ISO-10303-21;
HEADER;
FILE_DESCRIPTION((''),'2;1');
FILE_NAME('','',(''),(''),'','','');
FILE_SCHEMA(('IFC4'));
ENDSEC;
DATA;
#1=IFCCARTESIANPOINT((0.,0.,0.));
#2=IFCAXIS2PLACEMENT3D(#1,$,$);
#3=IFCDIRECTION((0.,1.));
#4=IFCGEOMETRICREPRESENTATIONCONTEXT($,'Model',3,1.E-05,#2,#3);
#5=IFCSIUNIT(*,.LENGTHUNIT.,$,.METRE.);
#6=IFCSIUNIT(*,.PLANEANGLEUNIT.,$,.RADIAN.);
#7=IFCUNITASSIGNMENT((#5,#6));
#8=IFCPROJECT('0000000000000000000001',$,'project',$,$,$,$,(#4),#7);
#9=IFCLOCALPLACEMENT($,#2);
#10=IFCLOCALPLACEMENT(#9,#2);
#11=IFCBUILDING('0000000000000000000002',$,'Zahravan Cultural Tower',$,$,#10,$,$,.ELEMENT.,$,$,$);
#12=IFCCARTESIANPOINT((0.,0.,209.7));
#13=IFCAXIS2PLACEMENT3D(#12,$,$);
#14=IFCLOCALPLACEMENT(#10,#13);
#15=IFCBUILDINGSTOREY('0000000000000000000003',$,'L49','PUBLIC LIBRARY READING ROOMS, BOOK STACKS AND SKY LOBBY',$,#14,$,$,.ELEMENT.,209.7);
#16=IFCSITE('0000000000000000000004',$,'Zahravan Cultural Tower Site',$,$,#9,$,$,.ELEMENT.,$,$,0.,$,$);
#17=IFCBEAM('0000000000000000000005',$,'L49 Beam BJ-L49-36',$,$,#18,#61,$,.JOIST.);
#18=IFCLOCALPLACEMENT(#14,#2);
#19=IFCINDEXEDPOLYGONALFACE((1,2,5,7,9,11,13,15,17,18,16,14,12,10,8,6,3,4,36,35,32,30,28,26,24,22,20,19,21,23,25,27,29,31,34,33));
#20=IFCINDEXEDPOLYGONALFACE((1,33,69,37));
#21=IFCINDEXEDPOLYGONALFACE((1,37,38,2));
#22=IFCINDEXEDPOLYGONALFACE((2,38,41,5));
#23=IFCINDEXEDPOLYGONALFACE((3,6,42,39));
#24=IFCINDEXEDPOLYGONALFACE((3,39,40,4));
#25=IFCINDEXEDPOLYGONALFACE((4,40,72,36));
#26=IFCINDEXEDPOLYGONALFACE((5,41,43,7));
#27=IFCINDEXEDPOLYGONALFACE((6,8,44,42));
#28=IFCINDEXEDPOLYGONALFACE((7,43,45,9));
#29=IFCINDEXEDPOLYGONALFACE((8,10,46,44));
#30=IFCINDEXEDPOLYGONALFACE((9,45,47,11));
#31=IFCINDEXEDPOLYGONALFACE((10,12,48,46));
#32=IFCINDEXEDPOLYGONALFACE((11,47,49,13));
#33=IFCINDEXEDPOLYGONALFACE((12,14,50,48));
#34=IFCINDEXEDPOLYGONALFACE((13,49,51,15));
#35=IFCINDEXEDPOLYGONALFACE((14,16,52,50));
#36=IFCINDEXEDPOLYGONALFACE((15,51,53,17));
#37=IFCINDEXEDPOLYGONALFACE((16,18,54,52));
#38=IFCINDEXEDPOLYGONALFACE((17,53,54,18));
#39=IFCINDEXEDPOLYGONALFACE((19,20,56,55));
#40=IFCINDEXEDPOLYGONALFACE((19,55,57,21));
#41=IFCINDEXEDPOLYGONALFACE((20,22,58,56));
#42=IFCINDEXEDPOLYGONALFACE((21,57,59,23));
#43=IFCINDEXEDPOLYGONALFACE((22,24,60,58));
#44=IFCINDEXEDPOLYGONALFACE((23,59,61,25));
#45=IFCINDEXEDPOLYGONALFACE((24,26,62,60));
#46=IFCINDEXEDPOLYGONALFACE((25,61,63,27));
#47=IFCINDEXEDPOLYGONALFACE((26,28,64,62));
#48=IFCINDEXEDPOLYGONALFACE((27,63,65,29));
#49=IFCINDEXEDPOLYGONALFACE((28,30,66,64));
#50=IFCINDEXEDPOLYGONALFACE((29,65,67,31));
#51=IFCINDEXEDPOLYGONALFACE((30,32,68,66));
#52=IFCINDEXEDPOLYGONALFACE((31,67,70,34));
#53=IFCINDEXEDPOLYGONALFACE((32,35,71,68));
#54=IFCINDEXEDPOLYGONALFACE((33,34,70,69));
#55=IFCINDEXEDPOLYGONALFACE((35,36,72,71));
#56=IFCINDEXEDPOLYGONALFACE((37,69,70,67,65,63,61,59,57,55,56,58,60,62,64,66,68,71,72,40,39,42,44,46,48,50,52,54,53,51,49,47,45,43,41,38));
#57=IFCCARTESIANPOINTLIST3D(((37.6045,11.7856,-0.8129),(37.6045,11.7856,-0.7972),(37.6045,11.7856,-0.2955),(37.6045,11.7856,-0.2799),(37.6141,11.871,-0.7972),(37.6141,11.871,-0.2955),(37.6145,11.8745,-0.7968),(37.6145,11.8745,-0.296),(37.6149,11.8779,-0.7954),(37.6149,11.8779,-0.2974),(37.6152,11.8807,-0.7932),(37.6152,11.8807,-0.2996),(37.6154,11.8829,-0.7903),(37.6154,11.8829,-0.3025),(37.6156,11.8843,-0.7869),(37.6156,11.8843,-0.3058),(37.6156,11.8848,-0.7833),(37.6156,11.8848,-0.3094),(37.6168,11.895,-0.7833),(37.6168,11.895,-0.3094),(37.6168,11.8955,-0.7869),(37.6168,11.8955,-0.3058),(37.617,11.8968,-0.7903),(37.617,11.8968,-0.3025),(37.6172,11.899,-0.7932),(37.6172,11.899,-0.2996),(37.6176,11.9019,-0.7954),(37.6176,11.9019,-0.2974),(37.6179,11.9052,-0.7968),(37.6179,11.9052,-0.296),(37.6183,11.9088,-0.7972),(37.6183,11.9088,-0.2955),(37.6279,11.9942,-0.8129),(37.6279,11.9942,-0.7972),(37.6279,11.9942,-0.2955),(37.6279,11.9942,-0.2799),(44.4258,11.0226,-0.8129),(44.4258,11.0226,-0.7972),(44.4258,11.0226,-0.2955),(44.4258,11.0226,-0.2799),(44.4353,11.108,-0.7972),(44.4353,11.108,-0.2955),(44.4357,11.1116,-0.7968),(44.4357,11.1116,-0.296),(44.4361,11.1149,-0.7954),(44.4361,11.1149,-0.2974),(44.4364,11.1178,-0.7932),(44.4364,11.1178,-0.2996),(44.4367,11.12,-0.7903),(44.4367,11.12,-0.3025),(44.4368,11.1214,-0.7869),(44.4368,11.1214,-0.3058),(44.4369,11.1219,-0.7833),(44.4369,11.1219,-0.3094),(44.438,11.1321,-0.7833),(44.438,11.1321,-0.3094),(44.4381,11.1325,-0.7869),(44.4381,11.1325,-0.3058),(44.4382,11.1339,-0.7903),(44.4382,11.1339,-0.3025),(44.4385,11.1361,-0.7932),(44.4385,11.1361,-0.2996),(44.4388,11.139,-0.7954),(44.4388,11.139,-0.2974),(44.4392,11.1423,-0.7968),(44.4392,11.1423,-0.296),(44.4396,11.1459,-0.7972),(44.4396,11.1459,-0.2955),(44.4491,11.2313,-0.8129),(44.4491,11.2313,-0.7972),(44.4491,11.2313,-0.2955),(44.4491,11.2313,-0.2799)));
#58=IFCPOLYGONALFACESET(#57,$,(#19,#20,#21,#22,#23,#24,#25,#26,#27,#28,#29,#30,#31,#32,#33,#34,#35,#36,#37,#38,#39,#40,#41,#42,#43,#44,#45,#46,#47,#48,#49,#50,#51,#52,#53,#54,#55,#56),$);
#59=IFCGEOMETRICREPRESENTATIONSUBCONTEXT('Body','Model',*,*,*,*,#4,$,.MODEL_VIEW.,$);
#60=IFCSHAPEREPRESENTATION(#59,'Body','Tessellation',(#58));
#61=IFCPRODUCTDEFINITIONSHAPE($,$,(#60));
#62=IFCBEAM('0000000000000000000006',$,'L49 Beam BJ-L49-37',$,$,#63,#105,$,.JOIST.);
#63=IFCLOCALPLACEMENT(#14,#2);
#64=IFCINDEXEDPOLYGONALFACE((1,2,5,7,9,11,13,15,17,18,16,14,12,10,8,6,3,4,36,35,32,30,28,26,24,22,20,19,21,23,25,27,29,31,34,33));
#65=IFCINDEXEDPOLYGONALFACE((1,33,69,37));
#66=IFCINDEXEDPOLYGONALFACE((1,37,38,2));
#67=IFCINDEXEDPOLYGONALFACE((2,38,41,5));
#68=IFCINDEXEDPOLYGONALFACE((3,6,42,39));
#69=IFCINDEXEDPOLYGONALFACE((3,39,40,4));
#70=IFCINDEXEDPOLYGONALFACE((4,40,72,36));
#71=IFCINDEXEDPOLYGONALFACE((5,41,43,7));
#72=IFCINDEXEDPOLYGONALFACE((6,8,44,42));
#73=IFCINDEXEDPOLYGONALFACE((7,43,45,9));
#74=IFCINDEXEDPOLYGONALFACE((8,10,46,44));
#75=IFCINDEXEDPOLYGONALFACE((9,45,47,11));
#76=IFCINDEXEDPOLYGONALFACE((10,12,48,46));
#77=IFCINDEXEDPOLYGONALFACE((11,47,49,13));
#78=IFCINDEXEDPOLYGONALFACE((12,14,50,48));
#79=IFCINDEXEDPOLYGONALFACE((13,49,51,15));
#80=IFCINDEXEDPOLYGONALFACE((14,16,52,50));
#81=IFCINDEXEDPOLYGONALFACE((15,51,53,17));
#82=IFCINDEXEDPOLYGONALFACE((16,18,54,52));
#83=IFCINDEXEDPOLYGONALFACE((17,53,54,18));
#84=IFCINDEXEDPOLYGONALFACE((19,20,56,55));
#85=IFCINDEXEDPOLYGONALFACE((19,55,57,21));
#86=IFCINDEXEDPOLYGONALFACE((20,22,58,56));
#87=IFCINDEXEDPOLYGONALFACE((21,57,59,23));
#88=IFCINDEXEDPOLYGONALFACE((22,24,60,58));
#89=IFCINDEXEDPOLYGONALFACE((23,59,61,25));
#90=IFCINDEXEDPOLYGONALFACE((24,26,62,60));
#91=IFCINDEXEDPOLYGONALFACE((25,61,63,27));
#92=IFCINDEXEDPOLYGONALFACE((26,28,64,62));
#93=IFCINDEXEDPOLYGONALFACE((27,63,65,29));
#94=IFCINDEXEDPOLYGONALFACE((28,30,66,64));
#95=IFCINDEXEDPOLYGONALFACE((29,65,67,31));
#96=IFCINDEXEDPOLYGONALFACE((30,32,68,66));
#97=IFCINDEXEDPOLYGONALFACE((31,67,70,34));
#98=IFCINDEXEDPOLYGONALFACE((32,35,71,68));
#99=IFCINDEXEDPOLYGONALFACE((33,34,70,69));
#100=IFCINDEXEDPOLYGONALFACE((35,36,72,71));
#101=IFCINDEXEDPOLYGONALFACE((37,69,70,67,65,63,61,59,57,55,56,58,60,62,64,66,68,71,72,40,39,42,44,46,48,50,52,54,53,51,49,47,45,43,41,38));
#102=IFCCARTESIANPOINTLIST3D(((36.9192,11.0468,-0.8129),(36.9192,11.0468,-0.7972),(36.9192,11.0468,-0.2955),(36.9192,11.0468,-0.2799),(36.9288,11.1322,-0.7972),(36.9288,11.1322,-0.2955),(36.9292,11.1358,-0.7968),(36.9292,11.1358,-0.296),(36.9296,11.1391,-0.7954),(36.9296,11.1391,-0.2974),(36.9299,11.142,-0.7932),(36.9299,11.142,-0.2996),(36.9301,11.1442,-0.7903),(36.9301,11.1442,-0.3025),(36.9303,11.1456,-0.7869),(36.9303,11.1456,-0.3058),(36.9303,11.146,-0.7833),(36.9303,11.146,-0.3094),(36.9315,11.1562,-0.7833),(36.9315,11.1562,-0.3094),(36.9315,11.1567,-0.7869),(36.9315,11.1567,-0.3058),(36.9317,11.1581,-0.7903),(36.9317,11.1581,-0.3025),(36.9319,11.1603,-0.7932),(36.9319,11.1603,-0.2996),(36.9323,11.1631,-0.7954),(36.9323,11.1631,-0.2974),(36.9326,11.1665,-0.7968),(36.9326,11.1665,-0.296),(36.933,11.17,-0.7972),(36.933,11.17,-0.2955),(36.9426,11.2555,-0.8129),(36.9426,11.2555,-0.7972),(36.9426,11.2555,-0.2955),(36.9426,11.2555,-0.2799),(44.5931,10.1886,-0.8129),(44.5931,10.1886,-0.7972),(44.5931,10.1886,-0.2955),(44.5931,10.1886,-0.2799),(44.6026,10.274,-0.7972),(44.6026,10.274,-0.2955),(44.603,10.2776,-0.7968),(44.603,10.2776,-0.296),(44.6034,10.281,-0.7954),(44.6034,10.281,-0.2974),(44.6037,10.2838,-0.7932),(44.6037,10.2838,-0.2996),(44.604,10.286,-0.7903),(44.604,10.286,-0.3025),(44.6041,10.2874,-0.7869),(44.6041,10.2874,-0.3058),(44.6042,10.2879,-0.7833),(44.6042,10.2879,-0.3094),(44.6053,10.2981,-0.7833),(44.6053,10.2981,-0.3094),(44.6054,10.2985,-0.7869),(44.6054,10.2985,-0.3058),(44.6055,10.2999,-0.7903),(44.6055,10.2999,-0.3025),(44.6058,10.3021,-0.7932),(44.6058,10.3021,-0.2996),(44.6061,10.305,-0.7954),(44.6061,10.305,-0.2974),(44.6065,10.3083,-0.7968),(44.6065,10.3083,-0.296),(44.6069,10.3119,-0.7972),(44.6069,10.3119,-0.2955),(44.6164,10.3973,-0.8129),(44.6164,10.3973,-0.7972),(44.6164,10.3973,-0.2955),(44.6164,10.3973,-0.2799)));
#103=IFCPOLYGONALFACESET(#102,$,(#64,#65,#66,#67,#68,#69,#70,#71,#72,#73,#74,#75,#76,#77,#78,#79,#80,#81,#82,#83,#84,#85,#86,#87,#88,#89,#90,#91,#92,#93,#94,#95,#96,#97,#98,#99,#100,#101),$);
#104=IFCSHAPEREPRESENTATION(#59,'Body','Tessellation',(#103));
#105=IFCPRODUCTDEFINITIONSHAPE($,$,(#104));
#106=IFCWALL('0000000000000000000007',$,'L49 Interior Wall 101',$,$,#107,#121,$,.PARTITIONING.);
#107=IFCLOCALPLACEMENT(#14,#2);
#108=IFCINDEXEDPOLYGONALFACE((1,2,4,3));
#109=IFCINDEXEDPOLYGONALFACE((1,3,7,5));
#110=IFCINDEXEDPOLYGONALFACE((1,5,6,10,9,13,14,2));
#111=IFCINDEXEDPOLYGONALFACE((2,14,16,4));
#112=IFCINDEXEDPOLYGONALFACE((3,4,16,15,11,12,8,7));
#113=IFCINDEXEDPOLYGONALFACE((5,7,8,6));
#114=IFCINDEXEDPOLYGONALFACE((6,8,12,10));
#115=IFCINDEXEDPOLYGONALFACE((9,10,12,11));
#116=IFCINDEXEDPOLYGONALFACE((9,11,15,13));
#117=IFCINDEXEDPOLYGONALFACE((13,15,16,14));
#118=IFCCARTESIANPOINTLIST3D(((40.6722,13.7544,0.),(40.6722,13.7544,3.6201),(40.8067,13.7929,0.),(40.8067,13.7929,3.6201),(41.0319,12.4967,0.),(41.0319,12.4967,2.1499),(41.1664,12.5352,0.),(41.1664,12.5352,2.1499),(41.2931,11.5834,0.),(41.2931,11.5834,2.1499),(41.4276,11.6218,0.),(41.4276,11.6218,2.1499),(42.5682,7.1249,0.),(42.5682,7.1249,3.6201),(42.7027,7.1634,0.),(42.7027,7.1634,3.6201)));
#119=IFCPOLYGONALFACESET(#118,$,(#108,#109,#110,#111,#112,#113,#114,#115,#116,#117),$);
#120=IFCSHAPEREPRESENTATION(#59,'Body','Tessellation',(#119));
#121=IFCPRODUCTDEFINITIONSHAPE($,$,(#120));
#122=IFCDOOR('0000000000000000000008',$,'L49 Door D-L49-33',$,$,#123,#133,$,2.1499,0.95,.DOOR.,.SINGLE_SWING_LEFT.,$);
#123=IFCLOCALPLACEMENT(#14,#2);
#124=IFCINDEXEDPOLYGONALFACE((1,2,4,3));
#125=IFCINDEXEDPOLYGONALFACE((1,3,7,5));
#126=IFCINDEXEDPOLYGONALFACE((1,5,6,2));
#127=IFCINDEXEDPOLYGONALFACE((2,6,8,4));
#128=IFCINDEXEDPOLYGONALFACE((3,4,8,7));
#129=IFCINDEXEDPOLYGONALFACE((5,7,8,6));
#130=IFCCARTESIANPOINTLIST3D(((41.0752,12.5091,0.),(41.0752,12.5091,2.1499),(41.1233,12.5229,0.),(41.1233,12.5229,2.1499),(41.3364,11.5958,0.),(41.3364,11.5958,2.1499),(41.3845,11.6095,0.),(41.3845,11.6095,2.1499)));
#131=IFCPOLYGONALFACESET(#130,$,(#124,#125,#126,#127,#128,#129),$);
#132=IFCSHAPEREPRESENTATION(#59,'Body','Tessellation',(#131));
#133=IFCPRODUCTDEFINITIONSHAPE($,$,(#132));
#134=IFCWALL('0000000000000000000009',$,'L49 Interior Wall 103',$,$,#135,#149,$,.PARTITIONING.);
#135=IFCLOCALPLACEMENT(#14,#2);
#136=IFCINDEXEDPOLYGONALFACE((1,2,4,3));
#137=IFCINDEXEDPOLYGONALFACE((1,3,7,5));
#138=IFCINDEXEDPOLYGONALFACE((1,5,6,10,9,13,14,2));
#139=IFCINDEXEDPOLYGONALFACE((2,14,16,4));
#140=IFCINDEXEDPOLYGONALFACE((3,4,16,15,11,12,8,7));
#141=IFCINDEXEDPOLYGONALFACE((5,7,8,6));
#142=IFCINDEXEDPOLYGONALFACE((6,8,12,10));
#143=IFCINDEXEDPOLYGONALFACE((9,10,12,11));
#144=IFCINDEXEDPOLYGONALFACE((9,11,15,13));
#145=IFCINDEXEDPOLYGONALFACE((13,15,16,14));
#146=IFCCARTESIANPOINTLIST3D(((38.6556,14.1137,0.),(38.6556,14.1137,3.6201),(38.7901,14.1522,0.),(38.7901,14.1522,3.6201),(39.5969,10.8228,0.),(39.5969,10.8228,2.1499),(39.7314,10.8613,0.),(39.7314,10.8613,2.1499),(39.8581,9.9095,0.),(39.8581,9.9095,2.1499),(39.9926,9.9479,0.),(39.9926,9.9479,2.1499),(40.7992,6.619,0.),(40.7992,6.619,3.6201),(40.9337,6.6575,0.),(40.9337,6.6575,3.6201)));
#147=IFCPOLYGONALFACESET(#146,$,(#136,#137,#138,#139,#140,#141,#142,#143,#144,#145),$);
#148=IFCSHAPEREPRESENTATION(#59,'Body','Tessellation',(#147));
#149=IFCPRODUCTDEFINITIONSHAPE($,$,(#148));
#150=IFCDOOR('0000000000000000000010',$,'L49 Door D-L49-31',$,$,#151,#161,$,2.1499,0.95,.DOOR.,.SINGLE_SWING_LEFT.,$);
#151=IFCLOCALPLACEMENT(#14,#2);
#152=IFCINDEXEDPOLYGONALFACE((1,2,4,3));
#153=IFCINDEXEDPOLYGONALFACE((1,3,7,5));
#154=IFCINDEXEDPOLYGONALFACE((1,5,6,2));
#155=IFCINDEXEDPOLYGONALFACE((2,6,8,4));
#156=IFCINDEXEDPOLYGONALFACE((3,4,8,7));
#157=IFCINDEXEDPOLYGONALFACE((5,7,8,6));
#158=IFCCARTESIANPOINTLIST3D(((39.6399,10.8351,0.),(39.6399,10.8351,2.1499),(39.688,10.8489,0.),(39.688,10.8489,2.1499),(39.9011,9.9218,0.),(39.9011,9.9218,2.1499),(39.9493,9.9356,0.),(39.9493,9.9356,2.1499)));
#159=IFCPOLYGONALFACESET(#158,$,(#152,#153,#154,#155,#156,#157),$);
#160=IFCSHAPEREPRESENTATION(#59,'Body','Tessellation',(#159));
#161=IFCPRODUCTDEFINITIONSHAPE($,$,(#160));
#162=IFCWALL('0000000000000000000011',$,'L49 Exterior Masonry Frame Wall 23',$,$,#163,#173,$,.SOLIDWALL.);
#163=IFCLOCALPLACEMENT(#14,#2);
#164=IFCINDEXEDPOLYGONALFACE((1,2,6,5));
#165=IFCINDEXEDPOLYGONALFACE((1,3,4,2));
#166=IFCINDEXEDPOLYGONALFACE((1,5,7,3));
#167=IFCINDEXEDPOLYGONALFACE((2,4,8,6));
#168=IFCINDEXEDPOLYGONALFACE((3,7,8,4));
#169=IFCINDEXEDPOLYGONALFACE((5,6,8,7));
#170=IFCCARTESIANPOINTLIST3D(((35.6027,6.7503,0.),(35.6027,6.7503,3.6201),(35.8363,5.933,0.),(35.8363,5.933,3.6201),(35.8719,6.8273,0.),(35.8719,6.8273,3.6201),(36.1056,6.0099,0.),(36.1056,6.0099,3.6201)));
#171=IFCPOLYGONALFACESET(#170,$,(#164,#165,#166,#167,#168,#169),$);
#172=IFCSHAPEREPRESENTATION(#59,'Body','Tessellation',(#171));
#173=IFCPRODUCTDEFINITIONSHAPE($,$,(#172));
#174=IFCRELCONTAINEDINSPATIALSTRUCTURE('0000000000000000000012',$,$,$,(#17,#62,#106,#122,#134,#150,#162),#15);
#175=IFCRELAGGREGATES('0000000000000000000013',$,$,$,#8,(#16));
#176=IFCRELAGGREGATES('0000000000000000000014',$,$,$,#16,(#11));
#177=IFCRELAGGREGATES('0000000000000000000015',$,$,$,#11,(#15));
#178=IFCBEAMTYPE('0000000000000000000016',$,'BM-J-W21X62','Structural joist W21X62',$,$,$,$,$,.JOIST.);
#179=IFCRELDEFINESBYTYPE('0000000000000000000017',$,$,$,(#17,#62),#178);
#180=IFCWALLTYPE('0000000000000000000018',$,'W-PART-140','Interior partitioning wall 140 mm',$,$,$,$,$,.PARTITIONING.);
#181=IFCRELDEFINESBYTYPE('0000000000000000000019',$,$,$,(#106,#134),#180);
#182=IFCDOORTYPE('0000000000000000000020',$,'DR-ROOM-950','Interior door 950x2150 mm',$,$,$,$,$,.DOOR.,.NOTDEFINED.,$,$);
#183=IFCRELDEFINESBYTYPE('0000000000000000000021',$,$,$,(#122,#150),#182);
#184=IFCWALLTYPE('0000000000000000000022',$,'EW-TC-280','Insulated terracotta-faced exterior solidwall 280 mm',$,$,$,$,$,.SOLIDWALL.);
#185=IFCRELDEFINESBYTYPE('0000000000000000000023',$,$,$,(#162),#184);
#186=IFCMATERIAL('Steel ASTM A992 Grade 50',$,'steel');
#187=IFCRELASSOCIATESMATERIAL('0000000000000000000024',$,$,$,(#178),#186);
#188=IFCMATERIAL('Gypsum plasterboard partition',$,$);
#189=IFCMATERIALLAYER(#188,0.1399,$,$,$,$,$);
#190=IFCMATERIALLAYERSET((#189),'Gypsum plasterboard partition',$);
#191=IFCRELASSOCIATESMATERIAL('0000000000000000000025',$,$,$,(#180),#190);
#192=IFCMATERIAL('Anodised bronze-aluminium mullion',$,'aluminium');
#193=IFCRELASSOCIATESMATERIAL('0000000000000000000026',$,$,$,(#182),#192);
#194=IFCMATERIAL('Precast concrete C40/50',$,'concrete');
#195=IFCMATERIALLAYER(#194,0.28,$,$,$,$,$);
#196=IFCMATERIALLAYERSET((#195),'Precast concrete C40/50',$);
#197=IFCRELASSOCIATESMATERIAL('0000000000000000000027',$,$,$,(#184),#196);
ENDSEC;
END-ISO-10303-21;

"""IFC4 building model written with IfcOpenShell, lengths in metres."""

from ifc_helpers import new_model, si_unit, direction, frame, frame_2d, origin, origin_2d, place, context, subcontext, project, spatial, rectangle, i_section, extrude, source, transform, mapped, material, layer, layer_set, material_profile, profile_set, type_object, element, fill, save


model = new_model("IFC4")

# Units and contexts
model_context = context("Model", 3, precision=1e-05, world=origin(), true_north=direction((0.0, 1.0)))
body_context = subcontext(model_context, "Body", "Model", "MODEL_VIEW")
ifc_project = project(units=[si_unit("LENGTHUNIT", "METRE"), si_unit("PLANEANGLEUNIT", "RADIAN")], contexts=[model_context])

# Site, building, storey
site_placement = place(None, origin())
site = spatial("IfcSite", under=ifc_project, at=site_placement, Name="Zahravan Cultural Tower Site", CompositionType="ELEMENT", RefElevation=0.0)
building_placement = place(site_placement, origin())
building = spatial("IfcBuilding", under=site, at=building_placement, Name="Zahravan Cultural Tower", CompositionType="ELEMENT")
storey_placement = place(building_placement, frame((0.0, 0.0, 209.7)))
storey = spatial("IfcBuildingStorey", under=building, at=storey_placement, Name="L49", Description="PUBLIC LIBRARY READING ROOMS, BOOK STACKS AND SKY LOBBY", CompositionType="ELEMENT", Elevation=209.7)

# Shared definitions
ifc_material_1 = material(Name="Steel ASTM A992 Grade 50", Category="steel")

# Beams
ifc_material_profile_1 = material_profile(ifc_material_1, i_section(OverallWidth=0.21, OverallDepth=0.533, WebThickness=0.0103, FlangeThickness=0.0156, FilletRadius=0.0139, at=origin_2d()), Name="W21X62")
ifc_profile_set_1 = profile_set([ifc_material_profile_1], Name="Steel ASTM A992 Grade 50")
beam_type_1 = type_object("IfcBeamType", Name="BM-J-W21X62", Description="Structural joist W21X62", PredefinedType="JOIST", material=ifc_profile_set_1)
shared_shape_1 = source(origin(), body_context, "Body", "SweptSolid", [
    extrude(i_section(OverallWidth=0.21, OverallDepth=0.533, WebThickness=0.0103, FlangeThickness=0.0156, FilletRadius=0.0139, at=origin_2d()), origin(), (0.0, 0.0, 1.0), 6.8638),
])
beam_1_placement = place(storey_placement, frame((37.6162, 11.8899, -0.5464), z_axis=(0.993803, -0.111154, 0.0), x_axis=(0.111154, 0.993803, 0.0)))
element("IfcBeam", 1, at=beam_1_placement, inside=storey, type_object=beam_type_1, Name="L49 Beam BJ-L49-36", PredefinedType="JOIST", context=body_context, shape_type="MappedRepresentation", body=[
    mapped(shared_shape_1, transform((0.0, 0.0, 0.0), x_axis=(1.0, 0.0, 0.0), y_axis=(0.0, 1.0, 0.0), z_axis=(0.0, 0.0, 1.0), scale=1.0)),
])
shared_shape_2 = source(origin(), body_context, "Body", "SweptSolid", [
    extrude(i_section(OverallWidth=0.21, OverallDepth=0.533, WebThickness=0.0103, FlangeThickness=0.0156, FilletRadius=0.0139, at=origin_2d()), origin(), (0.0, 0.0, 1.0), 7.7217),
])
beam_2_placement = place(storey_placement, frame((36.9309, 11.1511, -0.5464), z_axis=(0.993805, -0.111136, 0.0), x_axis=(0.111136, 0.993805, 0.0)))
element("IfcBeam", 2, at=beam_2_placement, inside=storey, type_object=beam_type_1, Name="L49 Beam BJ-L49-37", PredefinedType="JOIST", context=body_context, shape_type="MappedRepresentation", body=[
    mapped(shared_shape_2, transform((0.0, 0.0, 0.0), x_axis=(1.0, 0.0, 0.0), y_axis=(0.0, 1.0, 0.0), z_axis=(0.0, 0.0, 1.0), scale=1.0)),
])

# Walls, openings, doors
ifc_material_2 = material(Name="Gypsum plasterboard partition")
ifc_layer_1 = layer(ifc_material_2, 0.1399)
ifc_layer_set_1 = layer_set([ifc_layer_1], Name="Gypsum plasterboard partition")
wall_type_1 = type_object("IfcWallType", Name="W-PART-140", Description="Interior partitioning wall 140 mm", PredefinedType="PARTITIONING", material=ifc_layer_set_1)
ifc_material_3 = material(Name="Anodised bronze-aluminium mullion", Category="aluminium")
door_type = type_object("IfcDoorType", Name="DR-ROOM-950", Description="Interior door 950x2150 mm", OperationType="NOTDEFINED", PredefinedType="DOOR", material=ifc_material_3)
shared_shape_3 = source(origin(), body_context, "Body", "SweptSolid", [
    extrude(rectangle(XDim=0.95, YDim=2.1499, at=frame_2d((0.4751, 1.075))), frame((0.0, 0.0249, 0.0), z_axis=(0.0, -1.0, 0.0), x_axis=(1.0, 0.0, 0.0)), (0.0, 0.0, 1.0), 0.05),
])
wall_1_placement = place(storey_placement, frame((42.6355, 7.144, 0.0), z_axis=(0.0, 0.0, 1.0), x_axis=(-0.274974, 0.961452, 0.0)))
wall_1 = element("IfcWall", 3, at=wall_1_placement, inside=storey, type_object=wall_type_1, Name="L49 Interior Wall 101", PredefinedType="PARTITIONING", context=body_context, shape_type="SweptSolid", body=[
    extrude(rectangle(XDim=6.8953, YDim=0.1399, at=frame_2d((3.4478, 0.0))), origin(), (0.0, 0.0, 1.0), 3.6201),
])
opening_1_placement = place(wall_1_placement, frame((4.6372, 0.0, 0.0)))
opening_1 = element("IfcOpeningElement", 4, at=opening_1_placement, cuts=wall_1, PredefinedType="OPENING", context=body_context, shape_type="SweptSolid", body=[
    extrude(rectangle(XDim=0.95, YDim=2.1499, at=frame_2d((0.4751, 1.075))), frame((0.0, 0.0798, 0.0), z_axis=(0.0, -1.0, 0.0), x_axis=(1.0, 0.0, 0.0)), (0.0, 0.0, 1.0), 0.1599),
])
door_1_placement = place(opening_1_placement, origin())
door_1 = element("IfcDoor", 5, at=door_1_placement, inside=storey, type_object=door_type, Name="L49 Door D-L49-33", OperationType="SINGLE_SWING_LEFT", OverallHeight=2.1499, OverallWidth=0.95, PredefinedType="DOOR", context=body_context, shape_type="MappedRepresentation", body=[
    mapped(shared_shape_3, transform((0.0, 0.0, 0.0), x_axis=(1.0, 0.0, 0.0), y_axis=(0.0, 1.0, 0.0), z_axis=(0.0, 0.0, 1.0), scale=1.0)),
])
fill(opening_1, door_1)
wall_2_placement = place(storey_placement, frame((38.7229, 14.1328, 0.0), z_axis=(0.0, 0.0, 1.0), x_axis=(0.274986, -0.961448, 0.0)))
wall_2 = element("IfcWall", 6, at=wall_2_placement, inside=storey, type_object=wall_type_1, Name="L49 Interior Wall 103", PredefinedType="PARTITIONING", context=body_context, shape_type="SweptSolid", body=[
    extrude(rectangle(XDim=7.7952, YDim=0.1399, at=frame_2d((3.8975, 0.0))), origin(), (0.0, 0.0, 1.0), 3.6201),
])
opening_2_placement = place(wall_2_placement, frame((3.4226, 0.0, 0.0)))
opening_2 = element("IfcOpeningElement", 7, at=opening_2_placement, cuts=wall_2, PredefinedType="OPENING", context=body_context, shape_type="SweptSolid", body=[
    extrude(rectangle(XDim=0.95, YDim=2.1499, at=frame_2d((0.4751, 1.075))), frame((0.0, 0.0798, 0.0), z_axis=(0.0, -1.0, 0.0), x_axis=(1.0, 0.0, 0.0)), (0.0, 0.0, 1.0), 0.1599),
])
door_2_placement = place(opening_2_placement, origin())
door_2 = element("IfcDoor", 8, at=door_2_placement, inside=storey, type_object=door_type, Name="L49 Door D-L49-31", OperationType="SINGLE_SWING_LEFT", OverallHeight=2.1499, OverallWidth=0.95, PredefinedType="DOOR", context=body_context, shape_type="MappedRepresentation", body=[
    mapped(shared_shape_3, transform((0.0, 0.0, 0.0), x_axis=(1.0, 0.0, 0.0), y_axis=(0.0, 1.0, 0.0), z_axis=(0.0, 0.0, 1.0), scale=1.0)),
])
fill(opening_2, door_2)

# Wall
ifc_material_4 = material(Name="Precast concrete C40/50", Category="concrete")
ifc_layer_2 = layer(ifc_material_4, 0.28)
ifc_layer_set_2 = layer_set([ifc_layer_2], Name="Precast concrete C40/50")
wall_type_2 = type_object("IfcWallType", Name="EW-TC-280", Description="Insulated terracotta-faced exterior solidwall 280 mm", PredefinedType="SOLIDWALL", material=ifc_layer_set_2)
shared_shape_4 = source(origin(), body_context, "Body", "SweptSolid", [
    extrude(rectangle(XDim=0.8501, YDim=0.28, at=frame_2d((0.425, 0.0))), origin(), (0.0, 0.0, 1.0), 3.6201),
])
wall_3_placement = place(storey_placement, frame((35.9709, 5.9714, 0.0), z_axis=(0.0, 0.0, 1.0), x_axis=(-0.274835, 0.961491, 0.0)))
element("IfcWall", 9, at=wall_3_placement, inside=storey, type_object=wall_type_2, Name="L49 Exterior Masonry Frame Wall 23", PredefinedType="SOLIDWALL", context=body_context, shape_type="MappedRepresentation", body=[
    mapped(shared_shape_4, transform((0.0, 0.0, 0.0), x_axis=(1.0, 0.0, 0.0), y_axis=(0.0, 1.0, 0.0), z_axis=(0.0, 0.0, 1.0), scale=1.0)),
])

save(model, "model.ifc")
